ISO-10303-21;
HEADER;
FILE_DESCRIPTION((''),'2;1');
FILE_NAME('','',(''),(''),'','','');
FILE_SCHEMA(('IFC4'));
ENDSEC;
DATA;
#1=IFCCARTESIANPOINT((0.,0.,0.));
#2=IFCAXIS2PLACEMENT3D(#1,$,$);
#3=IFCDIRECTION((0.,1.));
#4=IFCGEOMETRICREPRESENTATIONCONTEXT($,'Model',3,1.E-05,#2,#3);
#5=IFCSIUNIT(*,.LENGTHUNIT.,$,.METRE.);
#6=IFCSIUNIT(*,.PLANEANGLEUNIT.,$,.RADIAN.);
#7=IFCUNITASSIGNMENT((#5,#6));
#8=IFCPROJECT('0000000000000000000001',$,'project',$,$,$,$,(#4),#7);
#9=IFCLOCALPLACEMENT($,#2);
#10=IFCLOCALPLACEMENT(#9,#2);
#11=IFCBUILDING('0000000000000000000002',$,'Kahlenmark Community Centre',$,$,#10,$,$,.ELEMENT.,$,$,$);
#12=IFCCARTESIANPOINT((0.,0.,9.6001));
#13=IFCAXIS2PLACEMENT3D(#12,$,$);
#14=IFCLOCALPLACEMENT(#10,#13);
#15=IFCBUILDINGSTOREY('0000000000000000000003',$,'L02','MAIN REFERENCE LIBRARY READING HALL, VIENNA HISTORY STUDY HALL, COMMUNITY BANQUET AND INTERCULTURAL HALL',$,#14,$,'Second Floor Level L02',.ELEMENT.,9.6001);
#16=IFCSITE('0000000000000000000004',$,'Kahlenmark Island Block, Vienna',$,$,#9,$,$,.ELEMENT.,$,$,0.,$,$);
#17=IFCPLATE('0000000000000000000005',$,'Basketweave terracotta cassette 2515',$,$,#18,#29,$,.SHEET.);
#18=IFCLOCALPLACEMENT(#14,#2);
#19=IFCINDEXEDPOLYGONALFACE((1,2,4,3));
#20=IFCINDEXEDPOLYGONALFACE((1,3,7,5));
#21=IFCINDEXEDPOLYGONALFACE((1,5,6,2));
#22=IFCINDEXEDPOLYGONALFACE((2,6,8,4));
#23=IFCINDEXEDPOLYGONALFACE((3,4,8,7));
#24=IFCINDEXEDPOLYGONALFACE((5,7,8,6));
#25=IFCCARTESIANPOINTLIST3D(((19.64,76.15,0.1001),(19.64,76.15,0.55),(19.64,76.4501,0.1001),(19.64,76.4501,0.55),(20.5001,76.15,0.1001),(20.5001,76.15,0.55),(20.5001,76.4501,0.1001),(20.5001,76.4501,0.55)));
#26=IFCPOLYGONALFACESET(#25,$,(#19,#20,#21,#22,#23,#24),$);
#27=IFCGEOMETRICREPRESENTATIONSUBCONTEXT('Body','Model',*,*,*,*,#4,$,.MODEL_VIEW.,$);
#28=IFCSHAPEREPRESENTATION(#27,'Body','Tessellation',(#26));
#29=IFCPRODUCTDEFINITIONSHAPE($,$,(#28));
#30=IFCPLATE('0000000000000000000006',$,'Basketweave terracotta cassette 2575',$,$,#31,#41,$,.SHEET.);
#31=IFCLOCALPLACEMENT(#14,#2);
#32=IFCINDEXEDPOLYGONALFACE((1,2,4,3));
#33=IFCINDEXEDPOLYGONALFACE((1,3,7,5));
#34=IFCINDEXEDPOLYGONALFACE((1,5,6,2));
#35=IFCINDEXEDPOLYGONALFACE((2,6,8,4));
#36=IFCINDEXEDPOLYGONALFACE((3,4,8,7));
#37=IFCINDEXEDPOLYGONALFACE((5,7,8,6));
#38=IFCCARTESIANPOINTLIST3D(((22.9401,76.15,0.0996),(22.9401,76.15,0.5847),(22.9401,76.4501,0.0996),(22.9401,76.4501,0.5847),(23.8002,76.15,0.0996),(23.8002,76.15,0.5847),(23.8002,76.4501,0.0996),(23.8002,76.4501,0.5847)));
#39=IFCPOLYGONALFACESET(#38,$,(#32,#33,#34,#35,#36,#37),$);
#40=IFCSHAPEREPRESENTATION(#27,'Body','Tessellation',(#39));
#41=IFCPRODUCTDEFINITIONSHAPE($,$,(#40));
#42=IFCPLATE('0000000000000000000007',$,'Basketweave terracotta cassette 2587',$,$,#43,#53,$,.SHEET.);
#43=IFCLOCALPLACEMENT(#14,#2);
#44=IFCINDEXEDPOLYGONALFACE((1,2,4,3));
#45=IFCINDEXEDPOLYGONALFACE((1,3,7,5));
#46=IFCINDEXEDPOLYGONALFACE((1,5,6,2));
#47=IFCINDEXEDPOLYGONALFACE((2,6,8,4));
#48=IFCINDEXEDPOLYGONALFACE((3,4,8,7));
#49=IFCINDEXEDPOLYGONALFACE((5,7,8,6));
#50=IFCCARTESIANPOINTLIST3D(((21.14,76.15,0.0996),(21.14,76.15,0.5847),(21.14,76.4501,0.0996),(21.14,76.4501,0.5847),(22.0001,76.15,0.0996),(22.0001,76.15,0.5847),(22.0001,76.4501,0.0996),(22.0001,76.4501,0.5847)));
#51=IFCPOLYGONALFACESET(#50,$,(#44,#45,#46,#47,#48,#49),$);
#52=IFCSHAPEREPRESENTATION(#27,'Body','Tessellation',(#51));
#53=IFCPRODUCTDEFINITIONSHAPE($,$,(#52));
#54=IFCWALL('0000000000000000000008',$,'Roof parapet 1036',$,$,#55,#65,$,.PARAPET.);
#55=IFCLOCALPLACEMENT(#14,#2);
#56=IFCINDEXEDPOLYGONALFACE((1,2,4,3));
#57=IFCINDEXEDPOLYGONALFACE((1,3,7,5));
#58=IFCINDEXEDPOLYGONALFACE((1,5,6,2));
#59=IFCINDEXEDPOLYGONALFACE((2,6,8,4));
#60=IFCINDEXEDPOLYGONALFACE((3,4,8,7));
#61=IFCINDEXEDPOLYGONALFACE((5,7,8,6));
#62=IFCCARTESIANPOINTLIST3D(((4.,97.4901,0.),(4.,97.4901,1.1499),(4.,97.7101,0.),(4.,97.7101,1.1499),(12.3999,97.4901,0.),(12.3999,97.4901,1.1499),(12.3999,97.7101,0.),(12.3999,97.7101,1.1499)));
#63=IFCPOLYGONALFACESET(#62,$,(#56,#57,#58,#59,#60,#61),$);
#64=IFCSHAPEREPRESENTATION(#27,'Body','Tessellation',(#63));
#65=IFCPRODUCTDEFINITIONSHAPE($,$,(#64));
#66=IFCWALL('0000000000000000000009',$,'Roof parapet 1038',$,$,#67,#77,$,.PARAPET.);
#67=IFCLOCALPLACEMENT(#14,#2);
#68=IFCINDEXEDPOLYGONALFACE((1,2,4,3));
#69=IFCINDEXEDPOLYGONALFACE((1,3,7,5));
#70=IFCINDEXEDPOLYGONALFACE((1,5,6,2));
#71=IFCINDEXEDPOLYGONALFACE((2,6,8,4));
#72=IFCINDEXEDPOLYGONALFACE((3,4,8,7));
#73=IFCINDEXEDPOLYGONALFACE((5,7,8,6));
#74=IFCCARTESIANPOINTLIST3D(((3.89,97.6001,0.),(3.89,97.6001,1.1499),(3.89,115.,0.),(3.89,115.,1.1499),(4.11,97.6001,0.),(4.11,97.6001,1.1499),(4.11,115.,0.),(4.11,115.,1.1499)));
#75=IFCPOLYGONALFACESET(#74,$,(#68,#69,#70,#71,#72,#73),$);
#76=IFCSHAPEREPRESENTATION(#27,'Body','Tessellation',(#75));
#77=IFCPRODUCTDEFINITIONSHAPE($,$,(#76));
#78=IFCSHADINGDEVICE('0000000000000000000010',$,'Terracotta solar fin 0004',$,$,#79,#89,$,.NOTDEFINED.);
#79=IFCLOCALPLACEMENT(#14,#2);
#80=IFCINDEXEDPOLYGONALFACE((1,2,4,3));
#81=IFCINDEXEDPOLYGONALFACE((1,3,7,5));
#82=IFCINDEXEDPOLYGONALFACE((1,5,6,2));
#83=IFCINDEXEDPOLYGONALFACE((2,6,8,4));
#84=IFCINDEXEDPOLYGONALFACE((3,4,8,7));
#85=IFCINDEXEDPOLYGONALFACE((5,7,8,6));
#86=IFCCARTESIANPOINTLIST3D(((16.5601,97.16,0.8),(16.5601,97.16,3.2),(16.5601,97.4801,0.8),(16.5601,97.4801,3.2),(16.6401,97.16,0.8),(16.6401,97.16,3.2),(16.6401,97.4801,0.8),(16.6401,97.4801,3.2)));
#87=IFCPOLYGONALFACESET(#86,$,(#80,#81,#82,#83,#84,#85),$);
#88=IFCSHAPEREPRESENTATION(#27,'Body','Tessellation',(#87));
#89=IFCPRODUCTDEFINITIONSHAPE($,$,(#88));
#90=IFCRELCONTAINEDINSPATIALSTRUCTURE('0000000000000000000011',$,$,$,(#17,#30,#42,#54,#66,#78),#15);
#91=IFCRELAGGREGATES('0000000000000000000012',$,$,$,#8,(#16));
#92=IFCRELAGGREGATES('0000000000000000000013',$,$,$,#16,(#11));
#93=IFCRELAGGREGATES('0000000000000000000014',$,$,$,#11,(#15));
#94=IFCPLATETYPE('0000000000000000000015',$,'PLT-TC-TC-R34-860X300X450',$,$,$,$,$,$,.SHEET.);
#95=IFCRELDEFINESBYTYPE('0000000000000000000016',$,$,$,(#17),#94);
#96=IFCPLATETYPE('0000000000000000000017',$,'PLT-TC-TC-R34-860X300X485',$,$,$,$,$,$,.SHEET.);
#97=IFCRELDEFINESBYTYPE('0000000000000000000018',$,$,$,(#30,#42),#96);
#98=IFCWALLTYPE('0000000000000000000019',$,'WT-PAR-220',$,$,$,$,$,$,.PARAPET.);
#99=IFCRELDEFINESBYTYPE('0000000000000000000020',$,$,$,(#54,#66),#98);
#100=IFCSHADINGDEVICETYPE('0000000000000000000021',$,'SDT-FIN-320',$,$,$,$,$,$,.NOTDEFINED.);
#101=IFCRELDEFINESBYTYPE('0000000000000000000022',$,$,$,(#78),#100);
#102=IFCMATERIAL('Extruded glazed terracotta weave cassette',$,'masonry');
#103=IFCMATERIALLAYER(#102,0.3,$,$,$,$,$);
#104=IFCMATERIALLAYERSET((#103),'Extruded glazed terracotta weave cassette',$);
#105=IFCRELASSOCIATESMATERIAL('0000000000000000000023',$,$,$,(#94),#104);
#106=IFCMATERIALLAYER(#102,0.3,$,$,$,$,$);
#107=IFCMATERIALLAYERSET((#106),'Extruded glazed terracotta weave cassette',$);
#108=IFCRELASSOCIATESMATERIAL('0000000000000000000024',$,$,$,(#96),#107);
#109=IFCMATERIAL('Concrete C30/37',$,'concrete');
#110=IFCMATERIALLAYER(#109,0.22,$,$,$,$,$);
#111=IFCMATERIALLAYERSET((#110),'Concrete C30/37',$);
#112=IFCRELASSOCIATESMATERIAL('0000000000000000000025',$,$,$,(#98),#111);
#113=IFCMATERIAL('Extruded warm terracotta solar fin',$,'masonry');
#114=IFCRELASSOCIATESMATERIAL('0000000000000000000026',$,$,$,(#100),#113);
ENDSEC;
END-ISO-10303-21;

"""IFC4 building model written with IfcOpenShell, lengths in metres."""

from ifc_helpers import new_model, si_unit, direction, frame, frame_2d, origin, origin_2d, place, context, subcontext, project, spatial, rectangle, extrude, material, layer, layer_set, type_object, element, save


model = new_model("IFC4")

# Units and contexts
model_context = context("Model", 3, precision=1e-05, world=origin(), true_north=direction((0.0, 1.0)))
body_context = subcontext(model_context, "Body", "Model", "MODEL_VIEW")
ifc_project = project(units=[si_unit("LENGTHUNIT", "METRE"), si_unit("PLANEANGLEUNIT", "RADIAN")], contexts=[model_context])

# Site, building, storey
site_placement = place(None, origin())
site = spatial("IfcSite", under=ifc_project, at=site_placement, Name="Kahlenmark Island Block, Vienna", CompositionType="ELEMENT", RefElevation=0.0)
building_placement = place(site_placement, origin())
building = spatial("IfcBuilding", under=site, at=building_placement, Name="Kahlenmark Community Centre", CompositionType="ELEMENT")
storey_placement = place(building_placement, frame((0.0, 0.0, 9.6001)))
storey = spatial("IfcBuildingStorey", under=building, at=storey_placement, Name="L02", Description="MAIN REFERENCE LIBRARY READING HALL, VIENNA HISTORY STUDY HALL, COMMUNITY BANQUET AND INTERCULTURAL HALL", LongName="Second Floor Level L02", CompositionType="ELEMENT", Elevation=9.6001)

# Plates
ifc_material_1 = material(Name="Extruded glazed terracotta weave cassette", Category="masonry")
ifc_layer_1 = layer(ifc_material_1, 0.3)
ifc_layer_set_1 = layer_set([ifc_layer_1], Name="Extruded glazed terracotta weave cassette")
plate_type_1 = type_object("IfcPlateType", Name="PLT-TC-TC-R34-860X300X450", PredefinedType="SHEET", material=ifc_layer_set_1)
plate_1_placement = place(storey_placement, frame((20.0701, 76.3, 0.1001), z_axis=(0.0, 0.0, 1.0), x_axis=(-1.0, 0.0, 0.0)))
element("IfcPlate", 1, at=plate_1_placement, inside=storey, type_object=plate_type_1, Name="Basketweave terracotta cassette 2515", PredefinedType="SHEET", context=body_context, shape_type="SweptSolid", body=[
    extrude(rectangle(XDim=0.8601, YDim=0.3, at=origin_2d()), origin(), (0.0, 0.0, 1.0), 0.45),
])
ifc_layer_2 = layer(ifc_material_1, 0.3)
ifc_layer_set_2 = layer_set([ifc_layer_2], Name="Extruded glazed terracotta weave cassette")
plate_type_2 = type_object("IfcPlateType", Name="PLT-TC-TC-R34-860X300X485", PredefinedType="SHEET", material=ifc_layer_set_2)
for number, where, z_axis, x_axis, name in (
    (2, (23.3701, 76.3, 0.0996), (0.0, 0.0, 1.0), (-1.0, 0.0, 0.0), "Basketweave terracotta cassette 2575"),
    (3, (21.5701, 76.3, 0.0996), (0.0, 0.0, 1.0), (-1.0, 0.0, 0.0), "Basketweave terracotta cassette 2587"),
):
    element("IfcPlate", number, at=place(storey_placement, frame(where, z_axis=z_axis, x_axis=x_axis)), inside=storey, type_object=plate_type_2, Name=name, PredefinedType="SHEET", context=body_context, shape_type="SweptSolid", body=[
        extrude(rectangle(XDim=0.8601, YDim=0.3, at=origin_2d()), origin(), (0.0, 0.0, 1.0), 0.4851),
    ])

# Walls
ifc_material_2 = material(Name="Concrete C30/37", Category="concrete")
ifc_layer_3 = layer(ifc_material_2, 0.22)
ifc_layer_set_3 = layer_set([ifc_layer_3], Name="Concrete C30/37")
wall_type = type_object("IfcWallType", Name="WT-PAR-220", PredefinedType="PARAPET", material=ifc_layer_set_3)
wall_1_placement = place(storey_placement, frame((4.0, 97.6001, 0.0), z_axis=(0.0, 0.0, 1.0), x_axis=(1.0, 0.0, 0.0)))
element("IfcWall", 4, at=wall_1_placement, inside=storey, type_object=wall_type, Name="Roof parapet 1036", PredefinedType="PARAPET", context=body_context, shape_type="SweptSolid", body=[
    extrude(rectangle(XDim=8.3999, YDim=0.22, at=frame_2d((4.2, 0.0))), origin(), (0.0, 0.0, 1.0), 1.1499),
])
wall_2_placement = place(storey_placement, frame((4.0, 97.6001, 0.0), z_axis=(0.0, 0.0, 1.0), x_axis=(0.0, 1.0, 0.0)))
element("IfcWall", 5, at=wall_2_placement, inside=storey, type_object=wall_type, Name="Roof parapet 1038", PredefinedType="PARAPET", context=body_context, shape_type="SweptSolid", body=[
    extrude(rectangle(XDim=17.3999, YDim=0.22, at=frame_2d((8.7, 0.0))), origin(), (0.0, 0.0, 1.0), 1.1499),
])

# Shading device
ifc_material_3 = material(Name="Extruded warm terracotta solar fin", Category="masonry")
shading_device_type = type_object("IfcShadingDeviceType", Name="SDT-FIN-320", PredefinedType="NOTDEFINED", material=ifc_material_3)
shading_device_placement = place(storey_placement, frame((16.6001, 97.3201, 0.8), z_axis=(0.0, 0.0, 1.0), x_axis=(1.0, 0.0, 0.0)))
element("IfcShadingDevice", 6, at=shading_device_placement, inside=storey, type_object=shading_device_type, Name="Terracotta solar fin 0004", PredefinedType="NOTDEFINED", context=body_context, shape_type="SweptSolid", body=[
    extrude(rectangle(XDim=0.0801, YDim=0.3201, at=origin_2d()), origin(), (0.0, 0.0, 1.0), 2.3999),
])

save(model, "model.ifc")
